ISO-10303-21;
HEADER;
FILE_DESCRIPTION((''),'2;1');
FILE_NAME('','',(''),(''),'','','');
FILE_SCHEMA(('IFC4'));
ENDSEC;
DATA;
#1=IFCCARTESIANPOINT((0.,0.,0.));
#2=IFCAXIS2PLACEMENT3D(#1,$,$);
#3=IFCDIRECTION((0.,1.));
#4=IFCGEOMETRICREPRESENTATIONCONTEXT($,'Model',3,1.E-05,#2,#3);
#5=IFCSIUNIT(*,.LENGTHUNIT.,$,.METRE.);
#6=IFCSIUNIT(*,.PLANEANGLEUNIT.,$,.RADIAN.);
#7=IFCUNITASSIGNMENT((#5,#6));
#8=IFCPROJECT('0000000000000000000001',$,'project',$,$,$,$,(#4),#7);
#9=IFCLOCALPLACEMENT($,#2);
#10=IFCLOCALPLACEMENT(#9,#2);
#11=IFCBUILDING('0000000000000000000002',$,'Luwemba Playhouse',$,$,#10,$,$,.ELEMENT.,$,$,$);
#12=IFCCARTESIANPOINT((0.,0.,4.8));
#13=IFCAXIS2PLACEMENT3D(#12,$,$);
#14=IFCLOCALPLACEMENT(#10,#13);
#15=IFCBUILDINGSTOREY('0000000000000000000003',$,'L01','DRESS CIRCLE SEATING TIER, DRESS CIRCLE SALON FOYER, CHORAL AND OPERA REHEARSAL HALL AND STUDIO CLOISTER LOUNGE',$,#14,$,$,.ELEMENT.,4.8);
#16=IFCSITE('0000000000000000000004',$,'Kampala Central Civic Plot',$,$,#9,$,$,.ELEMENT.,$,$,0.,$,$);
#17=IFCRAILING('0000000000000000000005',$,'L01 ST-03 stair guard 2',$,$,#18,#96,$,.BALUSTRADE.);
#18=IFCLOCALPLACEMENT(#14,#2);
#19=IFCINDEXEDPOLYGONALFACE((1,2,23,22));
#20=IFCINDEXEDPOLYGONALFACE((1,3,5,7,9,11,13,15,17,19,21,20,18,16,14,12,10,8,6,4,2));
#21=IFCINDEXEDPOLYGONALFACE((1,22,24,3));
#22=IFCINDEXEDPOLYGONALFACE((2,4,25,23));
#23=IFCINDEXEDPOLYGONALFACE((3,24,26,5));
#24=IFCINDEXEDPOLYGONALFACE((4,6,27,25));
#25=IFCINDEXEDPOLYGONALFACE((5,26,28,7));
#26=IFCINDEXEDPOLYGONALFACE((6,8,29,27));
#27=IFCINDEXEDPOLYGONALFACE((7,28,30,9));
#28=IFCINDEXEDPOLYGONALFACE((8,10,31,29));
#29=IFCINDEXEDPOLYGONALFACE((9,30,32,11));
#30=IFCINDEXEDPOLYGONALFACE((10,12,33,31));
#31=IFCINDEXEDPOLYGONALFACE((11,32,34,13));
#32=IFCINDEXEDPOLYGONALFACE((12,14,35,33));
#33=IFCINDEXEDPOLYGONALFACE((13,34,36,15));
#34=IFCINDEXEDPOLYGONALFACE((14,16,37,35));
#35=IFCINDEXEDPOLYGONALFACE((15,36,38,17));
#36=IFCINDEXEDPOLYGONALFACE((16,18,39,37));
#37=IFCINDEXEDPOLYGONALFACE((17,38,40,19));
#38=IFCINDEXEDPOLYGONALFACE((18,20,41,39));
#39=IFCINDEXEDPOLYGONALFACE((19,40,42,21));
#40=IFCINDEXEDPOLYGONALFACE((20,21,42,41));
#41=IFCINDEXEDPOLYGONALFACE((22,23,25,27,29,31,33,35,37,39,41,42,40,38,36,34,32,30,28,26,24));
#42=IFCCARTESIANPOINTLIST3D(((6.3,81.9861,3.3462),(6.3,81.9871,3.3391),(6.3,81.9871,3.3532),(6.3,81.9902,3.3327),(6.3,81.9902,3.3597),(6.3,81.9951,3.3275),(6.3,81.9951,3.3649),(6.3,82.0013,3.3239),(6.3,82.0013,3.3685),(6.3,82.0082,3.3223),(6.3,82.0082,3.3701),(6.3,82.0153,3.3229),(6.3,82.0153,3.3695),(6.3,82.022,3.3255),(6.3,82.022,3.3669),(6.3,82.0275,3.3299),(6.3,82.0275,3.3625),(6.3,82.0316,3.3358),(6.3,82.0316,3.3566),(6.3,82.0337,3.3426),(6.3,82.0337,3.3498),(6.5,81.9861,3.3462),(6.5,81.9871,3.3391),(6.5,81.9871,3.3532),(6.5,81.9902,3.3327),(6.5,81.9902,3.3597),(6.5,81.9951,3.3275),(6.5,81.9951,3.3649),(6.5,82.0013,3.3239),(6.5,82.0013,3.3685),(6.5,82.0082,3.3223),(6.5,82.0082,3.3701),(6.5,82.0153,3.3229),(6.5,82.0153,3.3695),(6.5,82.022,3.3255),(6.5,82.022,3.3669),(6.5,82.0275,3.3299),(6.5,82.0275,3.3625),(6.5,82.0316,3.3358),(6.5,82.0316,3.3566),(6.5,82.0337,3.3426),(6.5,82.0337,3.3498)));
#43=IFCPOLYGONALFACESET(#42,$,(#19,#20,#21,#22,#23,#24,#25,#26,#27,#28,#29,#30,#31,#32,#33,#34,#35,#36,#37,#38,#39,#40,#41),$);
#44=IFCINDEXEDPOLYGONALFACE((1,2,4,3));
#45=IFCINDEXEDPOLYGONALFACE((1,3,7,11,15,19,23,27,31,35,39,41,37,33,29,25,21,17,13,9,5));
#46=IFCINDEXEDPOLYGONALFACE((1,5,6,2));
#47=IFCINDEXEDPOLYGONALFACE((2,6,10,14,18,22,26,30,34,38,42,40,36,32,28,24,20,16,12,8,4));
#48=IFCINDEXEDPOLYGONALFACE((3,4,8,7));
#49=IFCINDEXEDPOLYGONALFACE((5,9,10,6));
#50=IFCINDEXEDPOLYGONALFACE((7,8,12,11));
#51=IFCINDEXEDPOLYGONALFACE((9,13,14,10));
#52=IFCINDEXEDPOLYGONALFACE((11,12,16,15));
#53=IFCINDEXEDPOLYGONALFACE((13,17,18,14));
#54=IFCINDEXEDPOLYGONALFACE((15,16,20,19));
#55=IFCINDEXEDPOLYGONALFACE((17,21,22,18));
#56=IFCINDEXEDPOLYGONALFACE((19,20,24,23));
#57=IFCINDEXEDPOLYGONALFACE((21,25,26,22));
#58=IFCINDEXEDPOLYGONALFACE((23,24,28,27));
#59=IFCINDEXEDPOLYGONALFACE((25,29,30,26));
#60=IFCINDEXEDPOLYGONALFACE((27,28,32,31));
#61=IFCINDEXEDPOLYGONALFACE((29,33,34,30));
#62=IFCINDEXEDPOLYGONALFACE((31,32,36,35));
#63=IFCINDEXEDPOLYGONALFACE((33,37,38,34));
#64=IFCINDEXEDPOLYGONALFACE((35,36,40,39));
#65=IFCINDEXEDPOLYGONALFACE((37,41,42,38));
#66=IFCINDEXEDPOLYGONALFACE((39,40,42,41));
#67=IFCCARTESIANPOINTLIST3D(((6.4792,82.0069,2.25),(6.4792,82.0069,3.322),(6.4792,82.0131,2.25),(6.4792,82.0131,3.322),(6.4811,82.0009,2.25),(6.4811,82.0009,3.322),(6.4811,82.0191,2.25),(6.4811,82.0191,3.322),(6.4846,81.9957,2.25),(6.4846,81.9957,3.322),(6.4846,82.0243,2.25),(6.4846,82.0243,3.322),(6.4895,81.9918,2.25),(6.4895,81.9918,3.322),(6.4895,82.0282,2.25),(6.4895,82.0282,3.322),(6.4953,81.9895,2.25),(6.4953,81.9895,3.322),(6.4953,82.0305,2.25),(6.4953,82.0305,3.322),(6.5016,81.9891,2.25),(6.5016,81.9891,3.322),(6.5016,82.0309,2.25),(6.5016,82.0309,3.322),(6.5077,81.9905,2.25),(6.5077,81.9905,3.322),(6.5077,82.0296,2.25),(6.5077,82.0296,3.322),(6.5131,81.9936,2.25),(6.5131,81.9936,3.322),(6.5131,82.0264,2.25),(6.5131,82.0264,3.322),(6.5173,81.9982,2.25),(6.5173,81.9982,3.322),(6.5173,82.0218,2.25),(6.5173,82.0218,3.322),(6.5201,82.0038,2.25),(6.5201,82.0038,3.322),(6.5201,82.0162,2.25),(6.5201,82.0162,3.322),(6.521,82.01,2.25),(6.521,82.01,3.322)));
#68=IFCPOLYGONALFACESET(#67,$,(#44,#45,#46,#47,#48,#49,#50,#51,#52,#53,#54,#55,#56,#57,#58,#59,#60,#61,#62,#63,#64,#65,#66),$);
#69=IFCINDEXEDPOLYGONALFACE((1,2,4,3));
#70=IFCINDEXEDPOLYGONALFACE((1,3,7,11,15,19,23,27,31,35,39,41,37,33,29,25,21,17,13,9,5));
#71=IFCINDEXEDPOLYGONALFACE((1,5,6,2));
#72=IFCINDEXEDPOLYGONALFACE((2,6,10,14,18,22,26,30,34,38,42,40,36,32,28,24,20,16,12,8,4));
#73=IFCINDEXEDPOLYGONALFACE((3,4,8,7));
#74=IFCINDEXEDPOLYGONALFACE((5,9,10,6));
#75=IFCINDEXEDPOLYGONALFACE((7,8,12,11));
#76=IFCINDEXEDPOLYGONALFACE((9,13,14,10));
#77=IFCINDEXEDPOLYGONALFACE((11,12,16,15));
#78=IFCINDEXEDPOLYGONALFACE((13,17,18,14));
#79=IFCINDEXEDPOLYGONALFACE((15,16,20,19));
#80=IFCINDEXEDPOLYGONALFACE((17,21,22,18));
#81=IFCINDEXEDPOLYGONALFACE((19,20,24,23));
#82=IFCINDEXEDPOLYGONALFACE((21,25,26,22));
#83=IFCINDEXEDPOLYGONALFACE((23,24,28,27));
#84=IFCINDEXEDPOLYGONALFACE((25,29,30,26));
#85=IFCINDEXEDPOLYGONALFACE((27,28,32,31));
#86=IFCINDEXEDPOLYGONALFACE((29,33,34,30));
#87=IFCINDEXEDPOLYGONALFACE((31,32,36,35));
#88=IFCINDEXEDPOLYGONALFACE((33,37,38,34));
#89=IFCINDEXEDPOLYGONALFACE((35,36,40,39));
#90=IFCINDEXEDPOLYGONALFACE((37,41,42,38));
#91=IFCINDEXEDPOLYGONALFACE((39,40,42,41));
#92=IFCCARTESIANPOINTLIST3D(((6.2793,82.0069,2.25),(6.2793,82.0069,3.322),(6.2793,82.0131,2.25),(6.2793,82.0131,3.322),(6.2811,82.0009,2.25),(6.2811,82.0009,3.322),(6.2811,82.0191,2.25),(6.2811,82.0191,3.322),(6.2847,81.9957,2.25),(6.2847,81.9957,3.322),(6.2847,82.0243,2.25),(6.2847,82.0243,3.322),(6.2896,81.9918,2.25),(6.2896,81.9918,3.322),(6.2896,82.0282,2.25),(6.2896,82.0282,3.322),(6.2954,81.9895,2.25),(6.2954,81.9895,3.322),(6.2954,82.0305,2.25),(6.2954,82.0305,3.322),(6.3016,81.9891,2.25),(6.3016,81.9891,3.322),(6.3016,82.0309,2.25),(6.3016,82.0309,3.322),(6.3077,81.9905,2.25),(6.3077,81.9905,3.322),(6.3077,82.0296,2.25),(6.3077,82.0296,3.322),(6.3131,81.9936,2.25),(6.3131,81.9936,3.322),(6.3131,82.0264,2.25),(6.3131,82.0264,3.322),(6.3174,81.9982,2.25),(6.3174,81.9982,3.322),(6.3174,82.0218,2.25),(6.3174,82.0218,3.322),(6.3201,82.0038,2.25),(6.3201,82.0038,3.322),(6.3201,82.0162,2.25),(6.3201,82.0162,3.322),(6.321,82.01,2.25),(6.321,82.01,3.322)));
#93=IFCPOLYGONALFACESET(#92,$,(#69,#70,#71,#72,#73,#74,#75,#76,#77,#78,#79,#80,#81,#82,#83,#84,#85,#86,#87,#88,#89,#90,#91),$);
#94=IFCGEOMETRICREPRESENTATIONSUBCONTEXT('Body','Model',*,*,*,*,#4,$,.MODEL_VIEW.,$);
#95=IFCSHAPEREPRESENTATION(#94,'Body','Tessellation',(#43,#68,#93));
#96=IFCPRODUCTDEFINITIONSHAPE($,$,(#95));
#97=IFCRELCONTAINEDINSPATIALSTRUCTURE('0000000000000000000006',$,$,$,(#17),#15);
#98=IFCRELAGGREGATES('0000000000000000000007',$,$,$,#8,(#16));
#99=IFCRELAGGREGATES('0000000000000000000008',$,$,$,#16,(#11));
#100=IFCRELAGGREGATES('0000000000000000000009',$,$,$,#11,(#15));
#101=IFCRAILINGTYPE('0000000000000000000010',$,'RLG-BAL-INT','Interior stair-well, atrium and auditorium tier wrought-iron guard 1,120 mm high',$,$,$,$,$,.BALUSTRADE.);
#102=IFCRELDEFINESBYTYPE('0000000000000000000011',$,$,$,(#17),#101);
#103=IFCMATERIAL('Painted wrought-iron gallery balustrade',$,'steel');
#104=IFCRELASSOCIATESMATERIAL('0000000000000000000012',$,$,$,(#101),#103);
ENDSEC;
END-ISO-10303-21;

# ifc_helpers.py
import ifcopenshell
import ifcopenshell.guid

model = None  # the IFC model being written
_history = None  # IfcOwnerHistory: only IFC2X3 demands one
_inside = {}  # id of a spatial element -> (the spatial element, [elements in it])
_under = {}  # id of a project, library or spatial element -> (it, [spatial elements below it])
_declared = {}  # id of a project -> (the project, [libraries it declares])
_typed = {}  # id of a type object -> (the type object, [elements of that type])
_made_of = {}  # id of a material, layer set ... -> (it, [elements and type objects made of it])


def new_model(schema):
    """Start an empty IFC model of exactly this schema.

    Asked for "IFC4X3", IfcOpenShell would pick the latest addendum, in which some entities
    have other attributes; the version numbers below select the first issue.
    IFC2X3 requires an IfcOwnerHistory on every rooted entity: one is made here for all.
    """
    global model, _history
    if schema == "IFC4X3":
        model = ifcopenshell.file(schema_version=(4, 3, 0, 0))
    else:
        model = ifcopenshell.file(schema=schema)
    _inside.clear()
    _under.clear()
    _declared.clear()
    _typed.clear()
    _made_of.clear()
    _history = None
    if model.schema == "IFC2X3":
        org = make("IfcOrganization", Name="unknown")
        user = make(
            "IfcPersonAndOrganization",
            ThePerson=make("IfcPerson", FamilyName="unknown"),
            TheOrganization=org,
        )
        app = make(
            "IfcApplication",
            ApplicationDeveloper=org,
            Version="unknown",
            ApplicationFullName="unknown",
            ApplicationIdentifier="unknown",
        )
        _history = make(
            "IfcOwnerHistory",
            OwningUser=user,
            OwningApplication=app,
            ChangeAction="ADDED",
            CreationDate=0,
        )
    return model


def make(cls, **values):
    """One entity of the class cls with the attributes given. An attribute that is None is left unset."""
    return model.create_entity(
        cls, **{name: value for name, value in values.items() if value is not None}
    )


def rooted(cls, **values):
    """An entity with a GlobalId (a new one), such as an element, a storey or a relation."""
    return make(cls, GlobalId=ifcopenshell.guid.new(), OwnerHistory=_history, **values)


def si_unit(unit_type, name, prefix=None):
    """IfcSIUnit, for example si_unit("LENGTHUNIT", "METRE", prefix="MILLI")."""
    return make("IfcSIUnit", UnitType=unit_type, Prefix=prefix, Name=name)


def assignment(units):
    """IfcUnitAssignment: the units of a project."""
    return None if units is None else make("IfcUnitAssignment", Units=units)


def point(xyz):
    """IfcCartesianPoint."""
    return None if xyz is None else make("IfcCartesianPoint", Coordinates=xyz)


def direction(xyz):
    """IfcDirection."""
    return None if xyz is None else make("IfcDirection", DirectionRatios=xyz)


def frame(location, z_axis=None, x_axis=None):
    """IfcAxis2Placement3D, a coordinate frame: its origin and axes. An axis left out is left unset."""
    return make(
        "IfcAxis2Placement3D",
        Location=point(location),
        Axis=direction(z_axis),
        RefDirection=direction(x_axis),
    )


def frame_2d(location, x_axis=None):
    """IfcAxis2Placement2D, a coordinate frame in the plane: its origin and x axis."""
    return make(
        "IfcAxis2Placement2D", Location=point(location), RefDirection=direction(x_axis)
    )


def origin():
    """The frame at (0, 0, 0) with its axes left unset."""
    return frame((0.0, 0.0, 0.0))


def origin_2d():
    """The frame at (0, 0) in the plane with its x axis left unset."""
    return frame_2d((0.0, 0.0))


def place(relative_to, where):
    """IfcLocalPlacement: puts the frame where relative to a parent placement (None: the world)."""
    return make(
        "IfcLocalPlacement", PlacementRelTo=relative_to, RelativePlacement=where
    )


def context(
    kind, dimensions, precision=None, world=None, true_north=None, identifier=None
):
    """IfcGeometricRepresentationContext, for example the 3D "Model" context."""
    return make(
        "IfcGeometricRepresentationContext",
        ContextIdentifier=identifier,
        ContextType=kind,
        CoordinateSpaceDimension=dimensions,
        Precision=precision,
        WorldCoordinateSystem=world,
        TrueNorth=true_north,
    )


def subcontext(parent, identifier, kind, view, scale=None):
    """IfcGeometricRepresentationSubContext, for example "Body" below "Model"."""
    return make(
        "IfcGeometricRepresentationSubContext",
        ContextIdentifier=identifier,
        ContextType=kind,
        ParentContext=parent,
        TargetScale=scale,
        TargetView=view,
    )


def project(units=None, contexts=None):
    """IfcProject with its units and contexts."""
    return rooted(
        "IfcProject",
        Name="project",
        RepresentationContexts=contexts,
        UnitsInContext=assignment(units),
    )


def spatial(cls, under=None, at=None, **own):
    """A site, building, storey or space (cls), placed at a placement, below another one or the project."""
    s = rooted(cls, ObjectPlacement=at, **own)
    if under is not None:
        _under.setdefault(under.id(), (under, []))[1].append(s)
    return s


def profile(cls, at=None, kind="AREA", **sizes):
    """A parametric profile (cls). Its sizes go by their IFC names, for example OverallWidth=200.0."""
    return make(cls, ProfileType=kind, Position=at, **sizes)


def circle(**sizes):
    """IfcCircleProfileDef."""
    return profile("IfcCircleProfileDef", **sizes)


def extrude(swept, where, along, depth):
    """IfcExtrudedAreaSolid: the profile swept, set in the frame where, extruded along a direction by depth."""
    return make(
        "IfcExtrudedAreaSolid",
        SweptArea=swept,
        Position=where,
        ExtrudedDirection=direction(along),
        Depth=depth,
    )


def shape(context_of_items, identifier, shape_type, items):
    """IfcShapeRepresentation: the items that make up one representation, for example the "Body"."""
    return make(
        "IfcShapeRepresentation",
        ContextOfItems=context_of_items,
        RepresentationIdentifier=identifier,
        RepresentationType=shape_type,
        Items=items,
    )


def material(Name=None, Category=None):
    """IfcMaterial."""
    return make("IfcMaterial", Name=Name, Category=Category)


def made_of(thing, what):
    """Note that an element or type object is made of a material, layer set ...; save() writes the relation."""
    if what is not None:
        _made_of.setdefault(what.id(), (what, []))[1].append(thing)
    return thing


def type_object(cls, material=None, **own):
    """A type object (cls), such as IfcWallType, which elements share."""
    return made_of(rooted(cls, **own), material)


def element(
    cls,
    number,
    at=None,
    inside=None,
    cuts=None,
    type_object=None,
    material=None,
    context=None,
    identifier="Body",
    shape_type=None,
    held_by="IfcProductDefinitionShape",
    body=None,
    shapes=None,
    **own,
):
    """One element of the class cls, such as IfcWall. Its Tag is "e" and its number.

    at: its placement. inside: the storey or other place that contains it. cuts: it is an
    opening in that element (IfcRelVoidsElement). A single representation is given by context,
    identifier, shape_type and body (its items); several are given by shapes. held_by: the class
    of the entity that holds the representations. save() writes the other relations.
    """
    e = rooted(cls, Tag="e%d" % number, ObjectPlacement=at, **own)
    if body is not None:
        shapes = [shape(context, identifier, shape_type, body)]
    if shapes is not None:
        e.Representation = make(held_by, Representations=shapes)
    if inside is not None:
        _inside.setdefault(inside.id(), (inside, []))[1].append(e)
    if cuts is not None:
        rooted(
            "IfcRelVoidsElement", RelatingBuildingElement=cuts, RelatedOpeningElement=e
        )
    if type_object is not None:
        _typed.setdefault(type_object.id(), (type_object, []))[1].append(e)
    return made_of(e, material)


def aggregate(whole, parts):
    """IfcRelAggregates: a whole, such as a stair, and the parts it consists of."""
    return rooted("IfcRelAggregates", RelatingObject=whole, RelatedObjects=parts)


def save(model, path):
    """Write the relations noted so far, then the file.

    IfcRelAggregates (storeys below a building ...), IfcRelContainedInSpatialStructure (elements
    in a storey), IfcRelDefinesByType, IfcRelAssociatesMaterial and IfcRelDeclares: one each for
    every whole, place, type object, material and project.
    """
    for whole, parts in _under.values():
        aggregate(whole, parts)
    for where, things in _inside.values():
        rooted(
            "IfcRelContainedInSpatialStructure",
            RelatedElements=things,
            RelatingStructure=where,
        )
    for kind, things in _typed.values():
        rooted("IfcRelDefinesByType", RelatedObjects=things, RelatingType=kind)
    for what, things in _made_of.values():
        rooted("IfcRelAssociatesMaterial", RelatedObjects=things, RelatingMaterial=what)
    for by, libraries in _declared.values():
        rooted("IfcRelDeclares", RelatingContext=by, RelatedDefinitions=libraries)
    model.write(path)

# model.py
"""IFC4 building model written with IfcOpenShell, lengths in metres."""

from ifc_helpers import new_model, si_unit, direction, frame, origin, origin_2d, place, context, subcontext, project, spatial, circle, extrude, material, type_object, element, save


model = new_model("IFC4")

# Units and contexts
model_context = context("Model", 3, precision=1e-05, world=origin(), true_north=direction((0.0, 1.0)))
body_context = subcontext(model_context, "Body", "Model", "MODEL_VIEW")
ifc_project = project(units=[si_unit("LENGTHUNIT", "METRE"), si_unit("PLANEANGLEUNIT", "RADIAN")], contexts=[model_context])

# Site, building, storey
site_placement = place(None, origin())
site = spatial("IfcSite", under=ifc_project, at=site_placement, Name="Kampala Central Civic Plot", CompositionType="ELEMENT", RefElevation=0.0)
building_placement = place(site_placement, origin())
building = spatial("IfcBuilding", under=site, at=building_placement, Name="Luwemba Playhouse", CompositionType="ELEMENT")
storey_placement = place(building_placement, frame((0.0, 0.0, 4.8)))
storey = spatial("IfcBuildingStorey", under=building, at=storey_placement, Name="L01", Description="DRESS CIRCLE SEATING TIER, DRESS CIRCLE SALON FOYER, CHORAL AND OPERA REHEARSAL HALL AND STUDIO CLOISTER LOUNGE", CompositionType="ELEMENT", Elevation=4.8)

# Railing
ifc_material_1 = material(Name="Painted wrought-iron gallery balustrade", Category="steel")
railing_type_1 = type_object("IfcRailingType", Name="RLG-BAL-INT", Description="Interior stair-well, atrium and auditorium tier wrought-iron guard 1,120 mm high", PredefinedType="BALUSTRADE", material=ifc_material_1)
railing_1_placement = place(storey_placement, frame((6.5, 82.01, 2.25)))
element("IfcRailing", 1, at=railing_1_placement, inside=storey, type_object=railing_type_1, Name="L01 ST-03 stair guard 2", PredefinedType="BALUSTRADE", context=body_context, shape_type="SweptSolid", body=[
    extrude(circle(Radius=0.0239, at=origin_2d()), frame((0.0, 0.0, 1.0962), z_axis=(-1.0, 0.0, 0.0), x_axis=(0.0, -1.0, 0.0)), (0.0, 0.0, 1.0), 0.2),
    extrude(circle(Radius=0.021, at=origin_2d()), origin(), (0.0, 0.0, 1.0), 1.072),
    extrude(circle(Radius=0.021, at=origin_2d()), frame((-0.2, 0.0, 0.0)), (0.0, 0.0, 1.0), 1.072),
])

save(model, "model.ifc")
